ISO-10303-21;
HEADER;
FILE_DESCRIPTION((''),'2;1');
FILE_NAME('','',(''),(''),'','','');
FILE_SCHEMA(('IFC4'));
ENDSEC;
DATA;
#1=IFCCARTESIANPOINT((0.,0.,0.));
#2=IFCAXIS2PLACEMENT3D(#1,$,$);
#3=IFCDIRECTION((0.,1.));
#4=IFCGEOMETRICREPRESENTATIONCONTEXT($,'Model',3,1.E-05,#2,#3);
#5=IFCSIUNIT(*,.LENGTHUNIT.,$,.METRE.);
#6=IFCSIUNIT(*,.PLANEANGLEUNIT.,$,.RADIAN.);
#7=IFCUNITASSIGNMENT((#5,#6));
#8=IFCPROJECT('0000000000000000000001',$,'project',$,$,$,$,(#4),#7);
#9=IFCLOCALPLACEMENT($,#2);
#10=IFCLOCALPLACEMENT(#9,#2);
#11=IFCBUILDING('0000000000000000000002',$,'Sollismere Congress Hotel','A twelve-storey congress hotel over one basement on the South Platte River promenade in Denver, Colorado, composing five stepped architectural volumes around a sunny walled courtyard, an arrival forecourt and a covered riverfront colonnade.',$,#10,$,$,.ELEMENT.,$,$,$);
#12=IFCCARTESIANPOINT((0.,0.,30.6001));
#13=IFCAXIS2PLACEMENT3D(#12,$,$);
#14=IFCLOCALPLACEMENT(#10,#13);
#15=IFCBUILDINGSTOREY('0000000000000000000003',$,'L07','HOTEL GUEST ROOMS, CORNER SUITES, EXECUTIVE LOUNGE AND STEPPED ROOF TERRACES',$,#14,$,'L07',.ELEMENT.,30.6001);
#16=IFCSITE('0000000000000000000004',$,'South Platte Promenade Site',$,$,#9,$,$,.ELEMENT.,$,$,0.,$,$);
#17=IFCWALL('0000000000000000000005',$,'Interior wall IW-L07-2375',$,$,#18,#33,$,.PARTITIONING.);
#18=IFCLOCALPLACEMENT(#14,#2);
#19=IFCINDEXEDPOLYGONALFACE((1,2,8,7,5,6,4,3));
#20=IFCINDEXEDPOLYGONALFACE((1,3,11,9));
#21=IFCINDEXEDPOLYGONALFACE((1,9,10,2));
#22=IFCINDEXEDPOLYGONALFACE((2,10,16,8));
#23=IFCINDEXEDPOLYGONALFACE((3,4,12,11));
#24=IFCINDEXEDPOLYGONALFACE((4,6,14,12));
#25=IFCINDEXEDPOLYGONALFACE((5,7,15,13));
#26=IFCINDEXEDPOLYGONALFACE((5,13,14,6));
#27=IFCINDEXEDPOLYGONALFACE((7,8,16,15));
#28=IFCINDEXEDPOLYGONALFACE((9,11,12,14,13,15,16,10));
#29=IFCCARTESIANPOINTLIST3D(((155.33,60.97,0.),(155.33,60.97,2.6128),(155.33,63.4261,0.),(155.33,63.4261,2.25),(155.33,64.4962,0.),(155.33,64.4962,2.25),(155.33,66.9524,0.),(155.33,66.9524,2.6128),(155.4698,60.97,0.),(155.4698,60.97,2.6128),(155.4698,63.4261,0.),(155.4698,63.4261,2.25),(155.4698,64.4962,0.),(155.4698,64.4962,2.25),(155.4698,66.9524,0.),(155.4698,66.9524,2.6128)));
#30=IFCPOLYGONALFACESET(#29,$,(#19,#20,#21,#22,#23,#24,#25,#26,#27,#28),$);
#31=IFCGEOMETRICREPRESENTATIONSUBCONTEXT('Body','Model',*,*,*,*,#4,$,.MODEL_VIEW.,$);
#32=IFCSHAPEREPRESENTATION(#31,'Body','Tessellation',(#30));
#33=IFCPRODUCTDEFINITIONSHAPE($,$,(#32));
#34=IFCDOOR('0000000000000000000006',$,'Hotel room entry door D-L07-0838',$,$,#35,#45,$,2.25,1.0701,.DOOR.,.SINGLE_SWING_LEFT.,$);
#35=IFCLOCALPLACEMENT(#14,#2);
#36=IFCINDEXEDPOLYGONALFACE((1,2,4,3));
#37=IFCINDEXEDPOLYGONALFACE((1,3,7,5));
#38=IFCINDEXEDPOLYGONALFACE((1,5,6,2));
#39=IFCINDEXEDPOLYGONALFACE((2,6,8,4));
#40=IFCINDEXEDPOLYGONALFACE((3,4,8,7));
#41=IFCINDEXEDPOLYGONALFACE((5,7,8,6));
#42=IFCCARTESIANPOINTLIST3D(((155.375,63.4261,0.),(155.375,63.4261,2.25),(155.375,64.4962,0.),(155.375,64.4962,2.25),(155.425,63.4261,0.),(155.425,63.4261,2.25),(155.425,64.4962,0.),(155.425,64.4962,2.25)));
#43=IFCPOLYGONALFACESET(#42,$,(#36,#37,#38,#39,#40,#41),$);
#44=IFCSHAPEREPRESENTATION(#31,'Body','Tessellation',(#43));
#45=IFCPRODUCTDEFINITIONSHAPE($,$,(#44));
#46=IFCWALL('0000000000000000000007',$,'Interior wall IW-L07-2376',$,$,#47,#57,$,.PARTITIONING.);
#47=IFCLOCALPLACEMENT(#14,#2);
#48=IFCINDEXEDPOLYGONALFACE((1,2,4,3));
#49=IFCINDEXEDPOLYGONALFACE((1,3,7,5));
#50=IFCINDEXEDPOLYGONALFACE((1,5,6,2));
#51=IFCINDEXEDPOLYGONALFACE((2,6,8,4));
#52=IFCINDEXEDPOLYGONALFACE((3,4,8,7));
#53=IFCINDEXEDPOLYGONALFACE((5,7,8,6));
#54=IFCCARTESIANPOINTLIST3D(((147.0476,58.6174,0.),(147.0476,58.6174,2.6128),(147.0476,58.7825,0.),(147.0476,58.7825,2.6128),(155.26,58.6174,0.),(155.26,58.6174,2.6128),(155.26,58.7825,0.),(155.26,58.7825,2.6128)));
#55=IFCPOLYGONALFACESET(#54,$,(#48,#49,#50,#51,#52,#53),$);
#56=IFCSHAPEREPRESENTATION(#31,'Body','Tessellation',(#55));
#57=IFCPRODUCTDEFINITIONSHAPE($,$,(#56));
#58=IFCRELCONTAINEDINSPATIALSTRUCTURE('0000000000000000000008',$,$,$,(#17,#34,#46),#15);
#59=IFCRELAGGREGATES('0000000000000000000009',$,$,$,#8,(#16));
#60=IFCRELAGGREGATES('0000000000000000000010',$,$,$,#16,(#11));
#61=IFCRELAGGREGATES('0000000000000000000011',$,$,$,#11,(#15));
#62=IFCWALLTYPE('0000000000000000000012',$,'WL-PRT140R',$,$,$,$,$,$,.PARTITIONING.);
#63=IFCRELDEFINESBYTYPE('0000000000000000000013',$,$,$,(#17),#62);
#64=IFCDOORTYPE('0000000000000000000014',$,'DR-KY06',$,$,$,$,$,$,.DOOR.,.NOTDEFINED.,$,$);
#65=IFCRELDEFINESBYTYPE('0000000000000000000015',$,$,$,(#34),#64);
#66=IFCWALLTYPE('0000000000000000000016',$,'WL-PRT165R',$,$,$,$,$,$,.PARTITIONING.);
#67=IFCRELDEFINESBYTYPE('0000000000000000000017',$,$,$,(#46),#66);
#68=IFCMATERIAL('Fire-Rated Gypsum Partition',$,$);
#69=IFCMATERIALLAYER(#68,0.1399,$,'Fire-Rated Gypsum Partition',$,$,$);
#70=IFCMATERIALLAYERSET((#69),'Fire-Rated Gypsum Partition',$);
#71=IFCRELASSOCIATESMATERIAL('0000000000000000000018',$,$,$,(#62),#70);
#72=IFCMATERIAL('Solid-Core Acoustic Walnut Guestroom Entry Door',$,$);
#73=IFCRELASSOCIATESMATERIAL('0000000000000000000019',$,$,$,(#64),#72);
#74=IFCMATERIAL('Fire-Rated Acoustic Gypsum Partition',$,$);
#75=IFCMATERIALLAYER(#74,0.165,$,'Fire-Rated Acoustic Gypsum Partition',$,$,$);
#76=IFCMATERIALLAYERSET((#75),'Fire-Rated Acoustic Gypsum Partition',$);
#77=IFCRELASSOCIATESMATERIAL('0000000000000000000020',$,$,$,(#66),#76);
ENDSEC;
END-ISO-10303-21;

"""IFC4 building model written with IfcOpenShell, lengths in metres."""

from ifc_helpers import new_model, si_unit, direction, frame, frame_2d, origin, place, context, subcontext, project, spatial, rectangle, extrude, material, layer, layer_set, type_object, element, fill, save


model = new_model("IFC4")

# Units and contexts
model_context = context("Model", 3, precision=1e-05, world=origin(), true_north=direction((0.0, 1.0)))
body_context = subcontext(model_context, "Body", "Model", "MODEL_VIEW")
ifc_project = project(units=[si_unit("LENGTHUNIT", "METRE"), si_unit("PLANEANGLEUNIT", "RADIAN")], contexts=[model_context])

# Site, building, storey
site_placement = place(None, origin())
site = spatial("IfcSite", under=ifc_project, at=site_placement, Name="South Platte Promenade Site", CompositionType="ELEMENT", RefElevation=0.0)
building_placement = place(site_placement, origin())
building = spatial("IfcBuilding", under=site, at=building_placement, Name="Sollismere Congress Hotel", Description="A twelve-storey congress hotel over one basement on the South Platte River promenade in Denver, Colorado, composing five stepped architectural volumes around a sunny walled courtyard, an arrival forecourt and a covered riverfront colonnade.", CompositionType="ELEMENT")
storey_placement = place(building_placement, frame((0.0, 0.0, 30.6001)))
storey = spatial("IfcBuildingStorey", under=building, at=storey_placement, Name="L07", Description="HOTEL GUEST ROOMS, CORNER SUITES, EXECUTIVE LOUNGE AND STEPPED ROOF TERRACES", LongName="L07", CompositionType="ELEMENT", Elevation=30.6001)

# Shared definitions
ifc_material_1 = material(Name="Fire-Rated Gypsum Partition")
ifc_layer_1 = layer(ifc_material_1, 0.1399, Name="Fire-Rated Gypsum Partition")
ifc_layer_set_1 = layer_set([ifc_layer_1], Name="Fire-Rated Gypsum Partition")
wall_type_1 = type_object("IfcWallType", Name="WL-PRT140R", PredefinedType="PARTITIONING", material=ifc_layer_set_1)

# Wall, opening, door
wall_1_placement = place(storey_placement, frame((155.3999, 60.97, 0.0), z_axis=(0.0, 0.0, 1.0), x_axis=(0.0, 1.0, 0.0)))
wall_1 = element("IfcWall", 1, at=wall_1_placement, inside=storey, type_object=wall_type_1, Name="Interior wall IW-L07-2375", PredefinedType="PARTITIONING", context=body_context, shape_type="SweptSolid", body=[
    extrude(rectangle(XDim=5.9824, YDim=0.1399, at=frame_2d((2.9912, 0.0))), origin(), (0.0, 0.0, 1.0), 2.6128),
])
opening_1_placement = place(wall_1_placement, frame((2.4561, 0.0, 0.0)))
opening_1 = element("IfcOpeningElement", 2, at=opening_1_placement, cuts=wall_1, PredefinedType="OPENING", context=body_context, shape_type="SweptSolid", body=[
    extrude(rectangle(XDim=1.0701, YDim=2.25, at=frame_2d((0.5352, 1.125))), frame((0.0, 0.0798, 0.0), z_axis=(0.0, -1.0, 0.0), x_axis=(1.0, 0.0, 0.0)), (0.0, 0.0, 1.0), 0.1599),
])
ifc_material_2 = material(Name="Solid-Core Acoustic Walnut Guestroom Entry Door")
door_type_1 = type_object("IfcDoorType", Name="DR-KY06", OperationType="NOTDEFINED", PredefinedType="DOOR", material=ifc_material_2)
door_1_placement = place(opening_1_placement, origin())
door_1 = element("IfcDoor", 3, at=door_1_placement, inside=storey, type_object=door_type_1, Name="Hotel room entry door D-L07-0838", OperationType="SINGLE_SWING_LEFT", OverallHeight=2.25, OverallWidth=1.0701, PredefinedType="DOOR", context=body_context, shape_type="SweptSolid", body=[
    extrude(rectangle(XDim=1.0701, YDim=2.25, at=frame_2d((0.5352, 1.125))), frame((0.0, 0.0249, 0.0), z_axis=(0.0, -1.0, 0.0), x_axis=(1.0, 0.0, 0.0)), (0.0, 0.0, 1.0), 0.05),
])
fill(opening_1, door_1)

# Wall
ifc_material_3 = material(Name="Fire-Rated Acoustic Gypsum Partition")
ifc_layer_2 = layer(ifc_material_3, 0.165, Name="Fire-Rated Acoustic Gypsum Partition")
ifc_layer_set_2 = layer_set([ifc_layer_2], Name="Fire-Rated Acoustic Gypsum Partition")
wall_type_2 = type_object("IfcWallType", Name="WL-PRT165R", PredefinedType="PARTITIONING", material=ifc_layer_set_2)
wall_2_placement = place(storey_placement, frame((147.0476, 58.7, 0.0), z_axis=(0.0, 0.0, 1.0), x_axis=(1.0, 0.0, 0.0)))
element("IfcWall", 4, at=wall_2_placement, inside=storey, type_object=wall_type_2, Name="Interior wall IW-L07-2376", PredefinedType="PARTITIONING", context=body_context, shape_type="SweptSolid", body=[
    extrude(rectangle(XDim=8.2124, YDim=0.165, at=frame_2d((4.1062, 0.0))), origin(), (0.0, 0.0, 1.0), 2.6128),
])

save(model, "model.ifc")
